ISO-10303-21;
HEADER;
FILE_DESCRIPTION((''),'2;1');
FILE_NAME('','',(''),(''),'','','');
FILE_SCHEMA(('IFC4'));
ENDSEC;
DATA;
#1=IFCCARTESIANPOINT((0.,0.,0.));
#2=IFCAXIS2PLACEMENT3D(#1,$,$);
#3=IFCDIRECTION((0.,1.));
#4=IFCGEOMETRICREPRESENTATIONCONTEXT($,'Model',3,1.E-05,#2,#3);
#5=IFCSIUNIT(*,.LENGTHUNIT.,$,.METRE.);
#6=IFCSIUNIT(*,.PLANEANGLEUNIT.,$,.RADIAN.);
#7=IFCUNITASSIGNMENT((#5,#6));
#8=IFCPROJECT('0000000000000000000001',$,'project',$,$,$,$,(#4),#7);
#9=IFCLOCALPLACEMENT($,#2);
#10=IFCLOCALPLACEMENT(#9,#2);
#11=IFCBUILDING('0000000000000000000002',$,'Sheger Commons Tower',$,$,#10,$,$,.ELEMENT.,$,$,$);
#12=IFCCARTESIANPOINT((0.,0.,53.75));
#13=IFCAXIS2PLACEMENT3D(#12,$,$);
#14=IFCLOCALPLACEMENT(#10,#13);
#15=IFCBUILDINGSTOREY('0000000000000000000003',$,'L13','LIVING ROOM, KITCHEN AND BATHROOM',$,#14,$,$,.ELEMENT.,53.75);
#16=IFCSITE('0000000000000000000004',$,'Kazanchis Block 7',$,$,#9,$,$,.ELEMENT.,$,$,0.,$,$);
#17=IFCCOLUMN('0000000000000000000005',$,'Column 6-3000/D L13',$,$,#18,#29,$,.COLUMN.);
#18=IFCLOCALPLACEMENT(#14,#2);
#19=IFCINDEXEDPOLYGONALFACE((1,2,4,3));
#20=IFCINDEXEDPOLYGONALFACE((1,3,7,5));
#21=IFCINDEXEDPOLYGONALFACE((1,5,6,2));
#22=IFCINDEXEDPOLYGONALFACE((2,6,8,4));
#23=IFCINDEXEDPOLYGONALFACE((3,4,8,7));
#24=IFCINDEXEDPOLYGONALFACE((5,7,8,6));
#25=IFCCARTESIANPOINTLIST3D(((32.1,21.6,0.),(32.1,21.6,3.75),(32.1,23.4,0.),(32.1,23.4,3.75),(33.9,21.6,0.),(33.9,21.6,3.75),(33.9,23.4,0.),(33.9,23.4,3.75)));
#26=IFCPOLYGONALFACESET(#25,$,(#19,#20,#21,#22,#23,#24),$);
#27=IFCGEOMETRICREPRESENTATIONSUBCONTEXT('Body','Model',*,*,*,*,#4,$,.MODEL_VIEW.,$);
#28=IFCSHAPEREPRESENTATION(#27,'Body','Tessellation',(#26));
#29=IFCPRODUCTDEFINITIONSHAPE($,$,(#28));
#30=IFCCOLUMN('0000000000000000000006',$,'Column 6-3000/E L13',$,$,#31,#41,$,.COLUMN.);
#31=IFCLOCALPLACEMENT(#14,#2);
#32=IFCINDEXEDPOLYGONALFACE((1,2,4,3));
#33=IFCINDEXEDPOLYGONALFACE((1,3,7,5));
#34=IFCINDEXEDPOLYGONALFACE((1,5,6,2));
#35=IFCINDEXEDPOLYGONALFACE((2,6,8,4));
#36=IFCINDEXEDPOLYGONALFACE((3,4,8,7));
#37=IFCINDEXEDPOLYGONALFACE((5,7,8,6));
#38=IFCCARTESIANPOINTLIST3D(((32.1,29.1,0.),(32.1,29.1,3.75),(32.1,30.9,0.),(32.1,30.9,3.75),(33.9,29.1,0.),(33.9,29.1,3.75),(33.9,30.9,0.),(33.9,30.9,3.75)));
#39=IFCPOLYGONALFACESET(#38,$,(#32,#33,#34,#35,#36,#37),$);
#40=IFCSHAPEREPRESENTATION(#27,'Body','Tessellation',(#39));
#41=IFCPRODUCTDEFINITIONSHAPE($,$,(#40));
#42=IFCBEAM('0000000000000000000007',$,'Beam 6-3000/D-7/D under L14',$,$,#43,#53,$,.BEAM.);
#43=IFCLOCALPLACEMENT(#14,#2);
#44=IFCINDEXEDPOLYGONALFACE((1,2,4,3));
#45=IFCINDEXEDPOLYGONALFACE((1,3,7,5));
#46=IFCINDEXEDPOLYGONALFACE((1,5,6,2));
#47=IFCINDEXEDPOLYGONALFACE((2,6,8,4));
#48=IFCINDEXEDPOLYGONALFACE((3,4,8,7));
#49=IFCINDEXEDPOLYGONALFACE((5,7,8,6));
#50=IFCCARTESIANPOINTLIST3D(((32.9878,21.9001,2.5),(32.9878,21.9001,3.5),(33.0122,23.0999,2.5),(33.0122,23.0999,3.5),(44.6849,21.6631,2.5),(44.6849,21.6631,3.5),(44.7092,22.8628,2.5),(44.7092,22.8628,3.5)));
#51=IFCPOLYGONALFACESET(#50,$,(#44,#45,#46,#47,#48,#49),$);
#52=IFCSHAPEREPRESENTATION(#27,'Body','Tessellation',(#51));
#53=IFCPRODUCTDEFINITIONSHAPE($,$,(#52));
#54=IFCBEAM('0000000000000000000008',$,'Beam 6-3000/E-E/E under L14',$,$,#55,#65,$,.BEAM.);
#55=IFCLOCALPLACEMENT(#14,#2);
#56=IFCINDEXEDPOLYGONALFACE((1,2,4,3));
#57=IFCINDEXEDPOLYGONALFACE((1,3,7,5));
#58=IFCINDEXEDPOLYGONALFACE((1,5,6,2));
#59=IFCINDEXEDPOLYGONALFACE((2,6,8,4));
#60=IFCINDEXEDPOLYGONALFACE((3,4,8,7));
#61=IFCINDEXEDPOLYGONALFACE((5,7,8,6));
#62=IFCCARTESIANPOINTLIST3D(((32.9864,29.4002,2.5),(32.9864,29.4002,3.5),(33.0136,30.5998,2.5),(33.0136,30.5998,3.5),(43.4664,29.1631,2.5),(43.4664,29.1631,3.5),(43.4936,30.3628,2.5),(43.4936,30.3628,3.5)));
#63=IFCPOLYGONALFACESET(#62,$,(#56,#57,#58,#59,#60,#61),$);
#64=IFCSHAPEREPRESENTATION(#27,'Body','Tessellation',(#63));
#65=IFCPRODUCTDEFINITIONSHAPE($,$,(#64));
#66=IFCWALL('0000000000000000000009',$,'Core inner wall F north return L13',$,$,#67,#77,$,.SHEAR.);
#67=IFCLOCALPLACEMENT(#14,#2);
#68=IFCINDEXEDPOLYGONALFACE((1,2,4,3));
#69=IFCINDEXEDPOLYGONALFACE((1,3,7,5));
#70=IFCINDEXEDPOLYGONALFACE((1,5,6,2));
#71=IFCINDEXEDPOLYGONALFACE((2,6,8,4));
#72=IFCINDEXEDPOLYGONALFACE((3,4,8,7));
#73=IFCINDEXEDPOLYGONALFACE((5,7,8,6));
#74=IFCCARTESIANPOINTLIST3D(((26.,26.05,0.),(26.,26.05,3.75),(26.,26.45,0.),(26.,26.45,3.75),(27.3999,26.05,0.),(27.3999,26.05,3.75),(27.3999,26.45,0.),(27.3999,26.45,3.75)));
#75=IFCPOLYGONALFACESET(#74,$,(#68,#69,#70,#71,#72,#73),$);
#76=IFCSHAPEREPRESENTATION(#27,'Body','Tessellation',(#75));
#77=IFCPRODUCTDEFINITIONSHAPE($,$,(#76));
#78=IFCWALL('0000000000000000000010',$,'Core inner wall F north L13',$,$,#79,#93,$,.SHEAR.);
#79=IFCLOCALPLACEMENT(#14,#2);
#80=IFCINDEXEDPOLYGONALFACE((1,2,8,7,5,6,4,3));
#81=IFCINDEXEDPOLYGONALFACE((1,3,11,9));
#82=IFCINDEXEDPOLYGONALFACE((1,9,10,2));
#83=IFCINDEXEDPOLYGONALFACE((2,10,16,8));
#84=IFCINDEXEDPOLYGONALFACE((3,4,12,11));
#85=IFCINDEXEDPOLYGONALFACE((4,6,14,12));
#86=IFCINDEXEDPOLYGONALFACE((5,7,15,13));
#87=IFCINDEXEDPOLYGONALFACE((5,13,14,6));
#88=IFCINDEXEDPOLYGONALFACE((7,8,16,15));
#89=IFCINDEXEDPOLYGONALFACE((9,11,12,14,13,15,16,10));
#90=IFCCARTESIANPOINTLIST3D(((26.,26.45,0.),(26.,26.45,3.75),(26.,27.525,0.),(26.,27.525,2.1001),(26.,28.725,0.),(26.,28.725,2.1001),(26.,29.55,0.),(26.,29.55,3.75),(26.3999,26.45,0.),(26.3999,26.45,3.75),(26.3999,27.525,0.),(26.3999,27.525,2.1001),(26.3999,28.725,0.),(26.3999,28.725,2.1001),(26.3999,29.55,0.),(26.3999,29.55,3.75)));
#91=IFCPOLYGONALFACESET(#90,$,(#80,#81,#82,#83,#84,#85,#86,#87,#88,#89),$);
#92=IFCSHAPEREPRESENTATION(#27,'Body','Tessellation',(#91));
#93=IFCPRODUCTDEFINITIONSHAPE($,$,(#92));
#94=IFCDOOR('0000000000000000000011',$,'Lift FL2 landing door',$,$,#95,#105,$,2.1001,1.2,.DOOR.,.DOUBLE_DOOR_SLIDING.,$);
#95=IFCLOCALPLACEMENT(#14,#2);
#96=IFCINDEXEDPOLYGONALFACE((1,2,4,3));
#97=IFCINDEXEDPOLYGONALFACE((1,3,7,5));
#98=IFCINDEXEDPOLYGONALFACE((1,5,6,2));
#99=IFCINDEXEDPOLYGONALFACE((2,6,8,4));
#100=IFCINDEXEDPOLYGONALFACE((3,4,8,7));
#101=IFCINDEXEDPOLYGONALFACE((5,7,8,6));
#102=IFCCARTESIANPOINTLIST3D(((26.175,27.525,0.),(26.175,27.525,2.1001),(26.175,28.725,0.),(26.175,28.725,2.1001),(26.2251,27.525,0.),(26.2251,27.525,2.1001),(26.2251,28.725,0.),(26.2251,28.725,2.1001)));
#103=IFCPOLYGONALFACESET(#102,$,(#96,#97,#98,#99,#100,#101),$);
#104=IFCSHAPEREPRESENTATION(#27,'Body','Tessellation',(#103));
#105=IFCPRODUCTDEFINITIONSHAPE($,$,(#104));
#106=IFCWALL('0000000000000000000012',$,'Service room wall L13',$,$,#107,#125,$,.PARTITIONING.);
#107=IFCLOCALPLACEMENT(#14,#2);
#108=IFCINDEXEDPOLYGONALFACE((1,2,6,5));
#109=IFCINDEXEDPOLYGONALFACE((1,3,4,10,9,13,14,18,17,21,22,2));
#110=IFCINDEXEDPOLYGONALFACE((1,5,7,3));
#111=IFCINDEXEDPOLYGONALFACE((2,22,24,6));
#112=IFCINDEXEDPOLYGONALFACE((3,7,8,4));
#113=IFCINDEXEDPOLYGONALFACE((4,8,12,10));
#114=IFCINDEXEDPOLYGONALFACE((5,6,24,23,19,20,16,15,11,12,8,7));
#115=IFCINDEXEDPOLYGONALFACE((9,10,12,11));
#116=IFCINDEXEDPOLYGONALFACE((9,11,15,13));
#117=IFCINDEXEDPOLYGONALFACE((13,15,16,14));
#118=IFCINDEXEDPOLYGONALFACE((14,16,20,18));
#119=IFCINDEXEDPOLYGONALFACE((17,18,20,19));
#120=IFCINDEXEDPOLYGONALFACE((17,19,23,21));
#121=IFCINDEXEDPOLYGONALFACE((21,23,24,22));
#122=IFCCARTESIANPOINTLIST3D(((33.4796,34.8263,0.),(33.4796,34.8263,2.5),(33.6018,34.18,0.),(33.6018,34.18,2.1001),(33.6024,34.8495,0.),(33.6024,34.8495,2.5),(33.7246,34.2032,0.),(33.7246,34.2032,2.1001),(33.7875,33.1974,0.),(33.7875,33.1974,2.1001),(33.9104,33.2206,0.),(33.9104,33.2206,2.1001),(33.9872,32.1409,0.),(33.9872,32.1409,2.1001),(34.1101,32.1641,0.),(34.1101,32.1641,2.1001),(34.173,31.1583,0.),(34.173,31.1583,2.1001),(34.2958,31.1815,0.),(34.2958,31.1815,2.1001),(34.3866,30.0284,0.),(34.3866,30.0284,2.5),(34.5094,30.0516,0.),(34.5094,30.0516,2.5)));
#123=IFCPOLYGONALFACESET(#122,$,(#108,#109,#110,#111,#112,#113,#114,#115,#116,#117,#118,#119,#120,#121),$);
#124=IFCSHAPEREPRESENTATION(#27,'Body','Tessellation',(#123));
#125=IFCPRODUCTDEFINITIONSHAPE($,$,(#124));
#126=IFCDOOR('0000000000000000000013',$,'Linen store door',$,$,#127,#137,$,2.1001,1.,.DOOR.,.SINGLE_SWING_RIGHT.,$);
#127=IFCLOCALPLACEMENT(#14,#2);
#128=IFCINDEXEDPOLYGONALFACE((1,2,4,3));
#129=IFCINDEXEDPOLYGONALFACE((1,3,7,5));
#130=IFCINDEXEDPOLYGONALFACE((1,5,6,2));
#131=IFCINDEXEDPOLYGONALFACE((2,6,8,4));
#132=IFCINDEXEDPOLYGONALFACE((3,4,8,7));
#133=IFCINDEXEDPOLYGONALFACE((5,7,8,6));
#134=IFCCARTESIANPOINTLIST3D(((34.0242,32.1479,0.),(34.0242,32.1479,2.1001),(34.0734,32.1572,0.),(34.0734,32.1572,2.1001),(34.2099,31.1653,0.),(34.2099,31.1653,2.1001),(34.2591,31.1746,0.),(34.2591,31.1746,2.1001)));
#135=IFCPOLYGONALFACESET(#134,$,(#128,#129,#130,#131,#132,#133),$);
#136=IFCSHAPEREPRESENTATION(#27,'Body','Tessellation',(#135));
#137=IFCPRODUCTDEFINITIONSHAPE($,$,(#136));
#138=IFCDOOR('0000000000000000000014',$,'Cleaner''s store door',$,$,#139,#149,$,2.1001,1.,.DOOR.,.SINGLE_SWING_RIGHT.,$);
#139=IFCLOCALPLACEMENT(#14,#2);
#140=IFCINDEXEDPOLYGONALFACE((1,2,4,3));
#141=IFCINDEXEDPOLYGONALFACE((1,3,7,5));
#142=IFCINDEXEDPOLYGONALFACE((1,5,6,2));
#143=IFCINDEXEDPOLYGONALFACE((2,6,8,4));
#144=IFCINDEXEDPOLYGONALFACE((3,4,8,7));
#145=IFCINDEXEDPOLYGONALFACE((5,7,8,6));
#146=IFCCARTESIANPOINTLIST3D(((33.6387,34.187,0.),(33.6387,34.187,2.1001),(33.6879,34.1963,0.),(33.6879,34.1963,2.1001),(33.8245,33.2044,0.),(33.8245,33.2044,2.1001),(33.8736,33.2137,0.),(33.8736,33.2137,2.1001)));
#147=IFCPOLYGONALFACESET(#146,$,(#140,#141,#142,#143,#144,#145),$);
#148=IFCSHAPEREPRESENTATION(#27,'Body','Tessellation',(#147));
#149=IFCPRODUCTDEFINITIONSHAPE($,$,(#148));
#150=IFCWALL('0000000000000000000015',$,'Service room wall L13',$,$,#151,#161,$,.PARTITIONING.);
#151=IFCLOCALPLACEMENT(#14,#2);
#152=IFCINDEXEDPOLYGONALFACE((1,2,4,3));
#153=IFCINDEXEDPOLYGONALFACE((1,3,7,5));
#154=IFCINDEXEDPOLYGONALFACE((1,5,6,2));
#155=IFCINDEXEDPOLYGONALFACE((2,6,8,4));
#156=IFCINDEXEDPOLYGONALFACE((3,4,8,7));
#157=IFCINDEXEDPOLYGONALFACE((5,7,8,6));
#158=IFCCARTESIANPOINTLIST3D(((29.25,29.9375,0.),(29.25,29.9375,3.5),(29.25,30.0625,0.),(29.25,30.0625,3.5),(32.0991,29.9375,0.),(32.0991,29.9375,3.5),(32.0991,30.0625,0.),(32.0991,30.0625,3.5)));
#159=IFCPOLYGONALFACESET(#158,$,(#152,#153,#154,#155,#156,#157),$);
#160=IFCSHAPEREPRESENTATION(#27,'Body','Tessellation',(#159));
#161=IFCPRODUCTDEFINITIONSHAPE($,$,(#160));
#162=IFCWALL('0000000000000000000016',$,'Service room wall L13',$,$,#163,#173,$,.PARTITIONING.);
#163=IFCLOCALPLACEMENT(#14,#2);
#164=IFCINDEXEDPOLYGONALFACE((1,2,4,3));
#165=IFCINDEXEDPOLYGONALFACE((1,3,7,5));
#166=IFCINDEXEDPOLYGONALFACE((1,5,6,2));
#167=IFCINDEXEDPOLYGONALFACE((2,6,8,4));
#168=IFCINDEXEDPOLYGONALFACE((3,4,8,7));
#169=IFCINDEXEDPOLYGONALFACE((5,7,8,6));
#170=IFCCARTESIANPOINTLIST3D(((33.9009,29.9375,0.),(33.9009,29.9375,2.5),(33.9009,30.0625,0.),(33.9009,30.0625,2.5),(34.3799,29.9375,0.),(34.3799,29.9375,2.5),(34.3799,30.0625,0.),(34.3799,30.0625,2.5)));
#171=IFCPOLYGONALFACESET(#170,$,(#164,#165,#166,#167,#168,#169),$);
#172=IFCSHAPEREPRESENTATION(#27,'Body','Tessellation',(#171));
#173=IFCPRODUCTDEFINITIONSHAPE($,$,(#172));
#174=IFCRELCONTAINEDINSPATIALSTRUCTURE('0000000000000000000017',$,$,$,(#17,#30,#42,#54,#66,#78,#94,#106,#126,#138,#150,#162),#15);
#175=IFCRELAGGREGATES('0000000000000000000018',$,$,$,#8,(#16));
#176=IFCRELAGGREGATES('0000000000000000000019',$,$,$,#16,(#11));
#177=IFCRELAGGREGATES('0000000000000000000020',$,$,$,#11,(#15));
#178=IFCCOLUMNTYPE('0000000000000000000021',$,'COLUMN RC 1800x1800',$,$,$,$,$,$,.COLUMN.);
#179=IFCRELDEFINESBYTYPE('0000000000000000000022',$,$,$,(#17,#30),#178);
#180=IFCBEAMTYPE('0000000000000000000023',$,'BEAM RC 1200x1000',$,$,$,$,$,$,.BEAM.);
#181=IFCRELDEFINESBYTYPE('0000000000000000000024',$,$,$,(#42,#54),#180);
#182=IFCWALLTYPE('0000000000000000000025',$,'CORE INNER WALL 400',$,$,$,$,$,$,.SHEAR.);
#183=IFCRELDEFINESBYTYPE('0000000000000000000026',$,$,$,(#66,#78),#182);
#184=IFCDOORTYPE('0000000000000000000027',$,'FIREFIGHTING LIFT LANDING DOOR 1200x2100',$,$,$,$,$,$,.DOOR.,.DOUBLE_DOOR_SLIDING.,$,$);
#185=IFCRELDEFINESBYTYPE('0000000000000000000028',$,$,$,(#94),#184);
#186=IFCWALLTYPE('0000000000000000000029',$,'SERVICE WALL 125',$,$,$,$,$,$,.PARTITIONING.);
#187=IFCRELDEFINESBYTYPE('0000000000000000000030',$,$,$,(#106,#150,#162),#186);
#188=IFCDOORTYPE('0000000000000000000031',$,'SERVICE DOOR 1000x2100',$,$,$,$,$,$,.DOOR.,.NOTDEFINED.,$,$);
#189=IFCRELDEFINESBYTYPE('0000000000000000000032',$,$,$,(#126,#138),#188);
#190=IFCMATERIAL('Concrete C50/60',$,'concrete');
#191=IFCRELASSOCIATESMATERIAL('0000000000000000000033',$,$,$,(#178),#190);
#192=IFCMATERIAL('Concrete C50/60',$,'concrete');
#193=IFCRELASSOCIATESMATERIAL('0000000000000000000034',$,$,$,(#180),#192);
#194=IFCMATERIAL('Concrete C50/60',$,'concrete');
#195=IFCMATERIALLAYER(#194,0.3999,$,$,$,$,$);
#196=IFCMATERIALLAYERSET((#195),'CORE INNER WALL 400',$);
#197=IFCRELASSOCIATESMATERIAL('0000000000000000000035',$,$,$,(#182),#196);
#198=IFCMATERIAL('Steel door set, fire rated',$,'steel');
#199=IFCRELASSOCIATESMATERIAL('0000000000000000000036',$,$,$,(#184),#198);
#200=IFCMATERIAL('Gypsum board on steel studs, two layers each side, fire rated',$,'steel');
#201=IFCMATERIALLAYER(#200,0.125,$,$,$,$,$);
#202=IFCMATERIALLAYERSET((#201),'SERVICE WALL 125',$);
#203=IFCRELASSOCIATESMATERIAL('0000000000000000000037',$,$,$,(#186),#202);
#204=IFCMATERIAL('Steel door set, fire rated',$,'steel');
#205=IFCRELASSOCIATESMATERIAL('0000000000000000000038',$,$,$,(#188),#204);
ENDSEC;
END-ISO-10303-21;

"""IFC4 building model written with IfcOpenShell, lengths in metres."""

from ifc_helpers import new_model, si_unit, direction, frame, frame_2d, origin, origin_2d, place, context, subcontext, project, spatial, rectangle, extrude, material, layer, layer_set, material_profile, profile_set, type_object, element, fill, save


model = new_model("IFC4")

# Units and contexts
model_context = context("Model", 3, precision=1e-05, world=origin(), true_north=direction((0.0, 1.0)))
body_context = subcontext(model_context, "Body", "Model", "MODEL_VIEW")
ifc_project = project(units=[si_unit("LENGTHUNIT", "METRE"), si_unit("PLANEANGLEUNIT", "RADIAN")], contexts=[model_context])

# Site, building, storey
site_placement = place(None, origin())
site = spatial("IfcSite", under=ifc_project, at=site_placement, Name="Kazanchis Block 7", CompositionType="ELEMENT", RefElevation=0.0)
building_placement = place(site_placement, origin())
building = spatial("IfcBuilding", under=site, at=building_placement, Name="Sheger Commons Tower", CompositionType="ELEMENT")
storey_placement = place(building_placement, frame((0.0, 0.0, 53.75)))
storey = spatial("IfcBuildingStorey", under=building, at=storey_placement, Name="L13", Description="LIVING ROOM, KITCHEN AND BATHROOM", CompositionType="ELEMENT", Elevation=53.75)

# Columns
ifc_material_1 = material(Name="Concrete C50/60", Category="concrete")
ifc_material_profile_1 = material_profile(ifc_material_1, rectangle(XDim=1.8, YDim=1.8, at=origin_2d()), Name="RC 1800x1800")
ifc_profile_set_1 = profile_set([ifc_material_profile_1], Name="Concrete C50/60")
column_type = type_object("IfcColumnType", Name="COLUMN RC 1800x1800", PredefinedType="COLUMN", material=ifc_profile_set_1)
for number, where, z_axis, x_axis, name in (
    (1, (33.0, 22.5, 0.0), (0.0, 0.0, 1.0), (1.0, 0.0, 0.0), "Column 6-3000/D L13"),
    (2, (33.0, 30.0, 0.0), (0.0, 0.0, 1.0), (1.0, 0.0, 0.0), "Column 6-3000/E L13"),
):
    element("IfcColumn", number, at=place(storey_placement, frame(where, z_axis=z_axis, x_axis=x_axis)), inside=storey, type_object=column_type, Name=name, PredefinedType="COLUMN", context=body_context, shape_type="SweptSolid", body=[
        extrude(rectangle(XDim=1.8, YDim=1.8, at=origin_2d()), origin(), (0.0, 0.0, 1.0), 3.75),
    ])

# Beams
ifc_material_2 = material(Name="Concrete C50/60", Category="concrete")
ifc_material_profile_2 = material_profile(ifc_material_2, rectangle(XDim=1.2, YDim=1.0, at=origin_2d()), Name="RC 1200x1000")
ifc_profile_set_2 = profile_set([ifc_material_profile_2], Name="Concrete C50/60")
beam_type = type_object("IfcBeamType", Name="BEAM RC 1200x1000", PredefinedType="BEAM", material=ifc_profile_set_2)
beam_1_placement = place(storey_placement, frame((33.0, 22.5, 3.0), z_axis=(0.999795, -0.020263, 0.0), x_axis=(0.020263, 0.999795, 0.0)))
element("IfcBeam", 3, at=beam_1_placement, inside=storey, type_object=beam_type, Name="Beam 6-3000/D-7/D under L14", PredefinedType="BEAM", context=body_context, shape_type="SweptSolid", body=[
    extrude(rectangle(XDim=1.2, YDim=1.0, at=origin_2d()), origin(), (0.0, 0.0, 1.0), 11.6995),
])
beam_2_placement = place(storey_placement, frame((33.0, 30.0, 3.0), z_axis=(0.999744, -0.022615, 0.0), x_axis=(0.022615, 0.999744, 0.0)))
element("IfcBeam", 4, at=beam_2_placement, inside=storey, type_object=beam_type, Name="Beam 6-3000/E-E/E under L14", PredefinedType="BEAM", context=body_context, shape_type="SweptSolid", body=[
    extrude(rectangle(XDim=1.2, YDim=1.0, at=origin_2d()), origin(), (0.0, 0.0, 1.0), 10.4827),
])

# Wall
ifc_material_3 = material(Name="Concrete C50/60", Category="concrete")
ifc_layer_1 = layer(ifc_material_3, 0.3999)
ifc_layer_set_1 = layer_set([ifc_layer_1], Name="CORE INNER WALL 400")
wall_type_1 = type_object("IfcWallType", Name="CORE INNER WALL 400", PredefinedType="SHEAR", material=ifc_layer_set_1)
wall_1_placement = place(storey_placement, frame((26.0, 26.25, 0.0), z_axis=(0.0, 0.0, 1.0), x_axis=(1.0, 0.0, 0.0)))
element("IfcWall", 5, at=wall_1_placement, inside=storey, type_object=wall_type_1, Name="Core inner wall F north return L13", PredefinedType="SHEAR", context=body_context, shape_type="SweptSolid", body=[
    extrude(rectangle(XDim=1.3999, YDim=0.3999, at=frame_2d((0.7, 0.0))), origin(), (0.0, 0.0, 1.0), 3.75),
])

# Wall, opening, door
wall_2_placement = place(storey_placement, frame((26.2, 26.45, 0.0), z_axis=(0.0, 0.0, 1.0), x_axis=(0.0, 1.0, 0.0)))
wall_2 = element("IfcWall", 6, at=wall_2_placement, inside=storey, type_object=wall_type_1, Name="Core inner wall F north L13", PredefinedType="SHEAR", context=body_context, shape_type="SweptSolid", body=[
    extrude(rectangle(XDim=3.1001, YDim=0.3999, at=frame_2d((1.55, 0.0))), origin(), (0.0, 0.0, 1.0), 3.75),
])
opening_1_placement = place(wall_2_placement, frame((1.075, 0.0, 0.0)))
opening_1 = element("IfcOpeningElement", 7, at=opening_1_placement, cuts=wall_2, PredefinedType="OPENING", context=body_context, shape_type="SweptSolid", body=[
    extrude(rectangle(XDim=1.2, YDim=2.1001, at=frame_2d((0.6001, 1.05))), frame((0.0, 0.21, 0.0), z_axis=(0.0, -1.0, 0.0), x_axis=(1.0, 0.0, 0.0)), (0.0, 0.0, 1.0), 0.4199),
])
ifc_material_4 = material(Name="Steel door set, fire rated", Category="steel")
door_type_1 = type_object("IfcDoorType", Name="FIREFIGHTING LIFT LANDING DOOR 1200x2100", OperationType="DOUBLE_DOOR_SLIDING", PredefinedType="DOOR", material=ifc_material_4)
door_1_placement = place(opening_1_placement, origin())
door_1 = element("IfcDoor", 8, at=door_1_placement, inside=storey, type_object=door_type_1, Name="Lift FL2 landing door", OperationType="DOUBLE_DOOR_SLIDING", OverallHeight=2.1001, OverallWidth=1.2, PredefinedType="DOOR", context=body_context, shape_type="SweptSolid", body=[
    extrude(rectangle(XDim=1.2, YDim=2.1001, at=frame_2d((0.6001, 1.05))), frame((0.0, 0.0249, 0.0), z_axis=(0.0, -1.0, 0.0), x_axis=(1.0, 0.0, 0.0)), (0.0, 0.0, 1.0), 0.05),
])
fill(opening_1, door_1)

# Wall, openings, doors
ifc_material_5 = material(Name="Gypsum board on steel studs, two layers each side, fire rated", Category="steel")
ifc_layer_2 = layer(ifc_material_5, 0.125)
ifc_layer_set_2 = layer_set([ifc_layer_2], Name="SERVICE WALL 125")
wall_type_2 = type_object("IfcWallType", Name="SERVICE WALL 125", PredefinedType="PARTITIONING", material=ifc_layer_set_2)
wall_3_placement = place(storey_placement, frame((34.448, 30.04, 0.0), z_axis=(0.0, 0.0, 1.0), x_axis=(-0.185749, 0.982597, 0.0)))
wall_3 = element("IfcWall", 9, at=wall_3_placement, inside=storey, type_object=wall_type_2, Name="Service room wall L13", PredefinedType="PARTITIONING", context=body_context, shape_type="SweptSolid", body=[
    extrude(rectangle(XDim=4.8828, YDim=0.125, at=frame_2d((2.4414, 0.0))), origin(), (0.0, 0.0, 1.0), 2.5),
])
opening_2_placement = place(wall_3_placement, frame((1.1499, 0.0, 0.0)))
opening_2 = element("IfcOpeningElement", 10, at=opening_2_placement, cuts=wall_3, PredefinedType="OPENING", context=body_context, shape_type="SweptSolid", body=[
    extrude(rectangle(XDim=1.0, YDim=2.1001, at=frame_2d((0.5, 1.05))), frame((0.0, 0.0725, 0.0), z_axis=(0.0, -1.0, 0.0), x_axis=(1.0, 0.0, 0.0)), (0.0, 0.0, 1.0), 0.145),
])
opening_3_placement = place(wall_3_placement, frame((3.2251, 0.0, 0.0)))
opening_3 = element("IfcOpeningElement", 11, at=opening_3_placement, cuts=wall_3, PredefinedType="OPENING", context=body_context, shape_type="SweptSolid", body=[
    extrude(rectangle(XDim=1.0, YDim=2.1001, at=frame_2d((0.5, 1.05))), frame((0.0, 0.0725, 0.0), z_axis=(0.0, -1.0, 0.0), x_axis=(1.0, 0.0, 0.0)), (0.0, 0.0, 1.0), 0.145),
])
ifc_material_6 = material(Name="Steel door set, fire rated", Category="steel")
door_type_2 = type_object("IfcDoorType", Name="SERVICE DOOR 1000x2100", OperationType="NOTDEFINED", PredefinedType="DOOR", material=ifc_material_6)
door_2_placement = place(opening_2_placement, origin())
door_2 = element("IfcDoor", 12, at=door_2_placement, inside=storey, type_object=door_type_2, Name="Linen store door", OperationType="SINGLE_SWING_RIGHT", OverallHeight=2.1001, OverallWidth=1.0, PredefinedType="DOOR", context=body_context, shape_type="SweptSolid", body=[
    extrude(rectangle(XDim=1.0, YDim=2.1001, at=frame_2d((0.5, 1.05))), frame((0.0, 0.0249, 0.0), z_axis=(0.0, -1.0, 0.0), x_axis=(1.0, 0.0, 0.0)), (0.0, 0.0, 1.0), 0.05),
])
fill(opening_2, door_2)
door_3_placement = place(opening_3_placement, origin())
door_3 = element("IfcDoor", 13, at=door_3_placement, inside=storey, type_object=door_type_2, Name="Cleaner's store door", OperationType="SINGLE_SWING_RIGHT", OverallHeight=2.1001, OverallWidth=1.0, PredefinedType="DOOR", context=body_context, shape_type="SweptSolid", body=[
    extrude(rectangle(XDim=1.0, YDim=2.1001, at=frame_2d((0.5, 1.05))), frame((0.0, 0.0249, 0.0), z_axis=(0.0, -1.0, 0.0), x_axis=(1.0, 0.0, 0.0)), (0.0, 0.0, 1.0), 0.05),
])
fill(opening_3, door_3)

# Walls
wall_4_placement = place(storey_placement, frame((29.25, 30.0, 0.0), z_axis=(0.0, 0.0, 1.0), x_axis=(1.0, 0.0, 0.0)))
element("IfcWall", 14, at=wall_4_placement, inside=storey, type_object=wall_type_2, Name="Service room wall L13", PredefinedType="PARTITIONING", context=body_context, shape_type="SweptSolid", body=[
    extrude(rectangle(XDim=2.8491, YDim=0.125, at=frame_2d((1.4246, 0.0))), origin(), (0.0, 0.0, 1.0), 3.5),
])
wall_5_placement = place(storey_placement, frame((33.9009, 30.0, 0.0), z_axis=(0.0, 0.0, 1.0), x_axis=(1.0, 0.0, 0.0)))
element("IfcWall", 15, at=wall_5_placement, inside=storey, type_object=wall_type_2, Name="Service room wall L13", PredefinedType="PARTITIONING", context=body_context, shape_type="SweptSolid", body=[
    extrude(rectangle(XDim=0.479, YDim=0.125, at=frame_2d((0.2395, 0.0))), origin(), (0.0, 0.0, 1.0), 2.5),
])

save(model, "model.ifc")
